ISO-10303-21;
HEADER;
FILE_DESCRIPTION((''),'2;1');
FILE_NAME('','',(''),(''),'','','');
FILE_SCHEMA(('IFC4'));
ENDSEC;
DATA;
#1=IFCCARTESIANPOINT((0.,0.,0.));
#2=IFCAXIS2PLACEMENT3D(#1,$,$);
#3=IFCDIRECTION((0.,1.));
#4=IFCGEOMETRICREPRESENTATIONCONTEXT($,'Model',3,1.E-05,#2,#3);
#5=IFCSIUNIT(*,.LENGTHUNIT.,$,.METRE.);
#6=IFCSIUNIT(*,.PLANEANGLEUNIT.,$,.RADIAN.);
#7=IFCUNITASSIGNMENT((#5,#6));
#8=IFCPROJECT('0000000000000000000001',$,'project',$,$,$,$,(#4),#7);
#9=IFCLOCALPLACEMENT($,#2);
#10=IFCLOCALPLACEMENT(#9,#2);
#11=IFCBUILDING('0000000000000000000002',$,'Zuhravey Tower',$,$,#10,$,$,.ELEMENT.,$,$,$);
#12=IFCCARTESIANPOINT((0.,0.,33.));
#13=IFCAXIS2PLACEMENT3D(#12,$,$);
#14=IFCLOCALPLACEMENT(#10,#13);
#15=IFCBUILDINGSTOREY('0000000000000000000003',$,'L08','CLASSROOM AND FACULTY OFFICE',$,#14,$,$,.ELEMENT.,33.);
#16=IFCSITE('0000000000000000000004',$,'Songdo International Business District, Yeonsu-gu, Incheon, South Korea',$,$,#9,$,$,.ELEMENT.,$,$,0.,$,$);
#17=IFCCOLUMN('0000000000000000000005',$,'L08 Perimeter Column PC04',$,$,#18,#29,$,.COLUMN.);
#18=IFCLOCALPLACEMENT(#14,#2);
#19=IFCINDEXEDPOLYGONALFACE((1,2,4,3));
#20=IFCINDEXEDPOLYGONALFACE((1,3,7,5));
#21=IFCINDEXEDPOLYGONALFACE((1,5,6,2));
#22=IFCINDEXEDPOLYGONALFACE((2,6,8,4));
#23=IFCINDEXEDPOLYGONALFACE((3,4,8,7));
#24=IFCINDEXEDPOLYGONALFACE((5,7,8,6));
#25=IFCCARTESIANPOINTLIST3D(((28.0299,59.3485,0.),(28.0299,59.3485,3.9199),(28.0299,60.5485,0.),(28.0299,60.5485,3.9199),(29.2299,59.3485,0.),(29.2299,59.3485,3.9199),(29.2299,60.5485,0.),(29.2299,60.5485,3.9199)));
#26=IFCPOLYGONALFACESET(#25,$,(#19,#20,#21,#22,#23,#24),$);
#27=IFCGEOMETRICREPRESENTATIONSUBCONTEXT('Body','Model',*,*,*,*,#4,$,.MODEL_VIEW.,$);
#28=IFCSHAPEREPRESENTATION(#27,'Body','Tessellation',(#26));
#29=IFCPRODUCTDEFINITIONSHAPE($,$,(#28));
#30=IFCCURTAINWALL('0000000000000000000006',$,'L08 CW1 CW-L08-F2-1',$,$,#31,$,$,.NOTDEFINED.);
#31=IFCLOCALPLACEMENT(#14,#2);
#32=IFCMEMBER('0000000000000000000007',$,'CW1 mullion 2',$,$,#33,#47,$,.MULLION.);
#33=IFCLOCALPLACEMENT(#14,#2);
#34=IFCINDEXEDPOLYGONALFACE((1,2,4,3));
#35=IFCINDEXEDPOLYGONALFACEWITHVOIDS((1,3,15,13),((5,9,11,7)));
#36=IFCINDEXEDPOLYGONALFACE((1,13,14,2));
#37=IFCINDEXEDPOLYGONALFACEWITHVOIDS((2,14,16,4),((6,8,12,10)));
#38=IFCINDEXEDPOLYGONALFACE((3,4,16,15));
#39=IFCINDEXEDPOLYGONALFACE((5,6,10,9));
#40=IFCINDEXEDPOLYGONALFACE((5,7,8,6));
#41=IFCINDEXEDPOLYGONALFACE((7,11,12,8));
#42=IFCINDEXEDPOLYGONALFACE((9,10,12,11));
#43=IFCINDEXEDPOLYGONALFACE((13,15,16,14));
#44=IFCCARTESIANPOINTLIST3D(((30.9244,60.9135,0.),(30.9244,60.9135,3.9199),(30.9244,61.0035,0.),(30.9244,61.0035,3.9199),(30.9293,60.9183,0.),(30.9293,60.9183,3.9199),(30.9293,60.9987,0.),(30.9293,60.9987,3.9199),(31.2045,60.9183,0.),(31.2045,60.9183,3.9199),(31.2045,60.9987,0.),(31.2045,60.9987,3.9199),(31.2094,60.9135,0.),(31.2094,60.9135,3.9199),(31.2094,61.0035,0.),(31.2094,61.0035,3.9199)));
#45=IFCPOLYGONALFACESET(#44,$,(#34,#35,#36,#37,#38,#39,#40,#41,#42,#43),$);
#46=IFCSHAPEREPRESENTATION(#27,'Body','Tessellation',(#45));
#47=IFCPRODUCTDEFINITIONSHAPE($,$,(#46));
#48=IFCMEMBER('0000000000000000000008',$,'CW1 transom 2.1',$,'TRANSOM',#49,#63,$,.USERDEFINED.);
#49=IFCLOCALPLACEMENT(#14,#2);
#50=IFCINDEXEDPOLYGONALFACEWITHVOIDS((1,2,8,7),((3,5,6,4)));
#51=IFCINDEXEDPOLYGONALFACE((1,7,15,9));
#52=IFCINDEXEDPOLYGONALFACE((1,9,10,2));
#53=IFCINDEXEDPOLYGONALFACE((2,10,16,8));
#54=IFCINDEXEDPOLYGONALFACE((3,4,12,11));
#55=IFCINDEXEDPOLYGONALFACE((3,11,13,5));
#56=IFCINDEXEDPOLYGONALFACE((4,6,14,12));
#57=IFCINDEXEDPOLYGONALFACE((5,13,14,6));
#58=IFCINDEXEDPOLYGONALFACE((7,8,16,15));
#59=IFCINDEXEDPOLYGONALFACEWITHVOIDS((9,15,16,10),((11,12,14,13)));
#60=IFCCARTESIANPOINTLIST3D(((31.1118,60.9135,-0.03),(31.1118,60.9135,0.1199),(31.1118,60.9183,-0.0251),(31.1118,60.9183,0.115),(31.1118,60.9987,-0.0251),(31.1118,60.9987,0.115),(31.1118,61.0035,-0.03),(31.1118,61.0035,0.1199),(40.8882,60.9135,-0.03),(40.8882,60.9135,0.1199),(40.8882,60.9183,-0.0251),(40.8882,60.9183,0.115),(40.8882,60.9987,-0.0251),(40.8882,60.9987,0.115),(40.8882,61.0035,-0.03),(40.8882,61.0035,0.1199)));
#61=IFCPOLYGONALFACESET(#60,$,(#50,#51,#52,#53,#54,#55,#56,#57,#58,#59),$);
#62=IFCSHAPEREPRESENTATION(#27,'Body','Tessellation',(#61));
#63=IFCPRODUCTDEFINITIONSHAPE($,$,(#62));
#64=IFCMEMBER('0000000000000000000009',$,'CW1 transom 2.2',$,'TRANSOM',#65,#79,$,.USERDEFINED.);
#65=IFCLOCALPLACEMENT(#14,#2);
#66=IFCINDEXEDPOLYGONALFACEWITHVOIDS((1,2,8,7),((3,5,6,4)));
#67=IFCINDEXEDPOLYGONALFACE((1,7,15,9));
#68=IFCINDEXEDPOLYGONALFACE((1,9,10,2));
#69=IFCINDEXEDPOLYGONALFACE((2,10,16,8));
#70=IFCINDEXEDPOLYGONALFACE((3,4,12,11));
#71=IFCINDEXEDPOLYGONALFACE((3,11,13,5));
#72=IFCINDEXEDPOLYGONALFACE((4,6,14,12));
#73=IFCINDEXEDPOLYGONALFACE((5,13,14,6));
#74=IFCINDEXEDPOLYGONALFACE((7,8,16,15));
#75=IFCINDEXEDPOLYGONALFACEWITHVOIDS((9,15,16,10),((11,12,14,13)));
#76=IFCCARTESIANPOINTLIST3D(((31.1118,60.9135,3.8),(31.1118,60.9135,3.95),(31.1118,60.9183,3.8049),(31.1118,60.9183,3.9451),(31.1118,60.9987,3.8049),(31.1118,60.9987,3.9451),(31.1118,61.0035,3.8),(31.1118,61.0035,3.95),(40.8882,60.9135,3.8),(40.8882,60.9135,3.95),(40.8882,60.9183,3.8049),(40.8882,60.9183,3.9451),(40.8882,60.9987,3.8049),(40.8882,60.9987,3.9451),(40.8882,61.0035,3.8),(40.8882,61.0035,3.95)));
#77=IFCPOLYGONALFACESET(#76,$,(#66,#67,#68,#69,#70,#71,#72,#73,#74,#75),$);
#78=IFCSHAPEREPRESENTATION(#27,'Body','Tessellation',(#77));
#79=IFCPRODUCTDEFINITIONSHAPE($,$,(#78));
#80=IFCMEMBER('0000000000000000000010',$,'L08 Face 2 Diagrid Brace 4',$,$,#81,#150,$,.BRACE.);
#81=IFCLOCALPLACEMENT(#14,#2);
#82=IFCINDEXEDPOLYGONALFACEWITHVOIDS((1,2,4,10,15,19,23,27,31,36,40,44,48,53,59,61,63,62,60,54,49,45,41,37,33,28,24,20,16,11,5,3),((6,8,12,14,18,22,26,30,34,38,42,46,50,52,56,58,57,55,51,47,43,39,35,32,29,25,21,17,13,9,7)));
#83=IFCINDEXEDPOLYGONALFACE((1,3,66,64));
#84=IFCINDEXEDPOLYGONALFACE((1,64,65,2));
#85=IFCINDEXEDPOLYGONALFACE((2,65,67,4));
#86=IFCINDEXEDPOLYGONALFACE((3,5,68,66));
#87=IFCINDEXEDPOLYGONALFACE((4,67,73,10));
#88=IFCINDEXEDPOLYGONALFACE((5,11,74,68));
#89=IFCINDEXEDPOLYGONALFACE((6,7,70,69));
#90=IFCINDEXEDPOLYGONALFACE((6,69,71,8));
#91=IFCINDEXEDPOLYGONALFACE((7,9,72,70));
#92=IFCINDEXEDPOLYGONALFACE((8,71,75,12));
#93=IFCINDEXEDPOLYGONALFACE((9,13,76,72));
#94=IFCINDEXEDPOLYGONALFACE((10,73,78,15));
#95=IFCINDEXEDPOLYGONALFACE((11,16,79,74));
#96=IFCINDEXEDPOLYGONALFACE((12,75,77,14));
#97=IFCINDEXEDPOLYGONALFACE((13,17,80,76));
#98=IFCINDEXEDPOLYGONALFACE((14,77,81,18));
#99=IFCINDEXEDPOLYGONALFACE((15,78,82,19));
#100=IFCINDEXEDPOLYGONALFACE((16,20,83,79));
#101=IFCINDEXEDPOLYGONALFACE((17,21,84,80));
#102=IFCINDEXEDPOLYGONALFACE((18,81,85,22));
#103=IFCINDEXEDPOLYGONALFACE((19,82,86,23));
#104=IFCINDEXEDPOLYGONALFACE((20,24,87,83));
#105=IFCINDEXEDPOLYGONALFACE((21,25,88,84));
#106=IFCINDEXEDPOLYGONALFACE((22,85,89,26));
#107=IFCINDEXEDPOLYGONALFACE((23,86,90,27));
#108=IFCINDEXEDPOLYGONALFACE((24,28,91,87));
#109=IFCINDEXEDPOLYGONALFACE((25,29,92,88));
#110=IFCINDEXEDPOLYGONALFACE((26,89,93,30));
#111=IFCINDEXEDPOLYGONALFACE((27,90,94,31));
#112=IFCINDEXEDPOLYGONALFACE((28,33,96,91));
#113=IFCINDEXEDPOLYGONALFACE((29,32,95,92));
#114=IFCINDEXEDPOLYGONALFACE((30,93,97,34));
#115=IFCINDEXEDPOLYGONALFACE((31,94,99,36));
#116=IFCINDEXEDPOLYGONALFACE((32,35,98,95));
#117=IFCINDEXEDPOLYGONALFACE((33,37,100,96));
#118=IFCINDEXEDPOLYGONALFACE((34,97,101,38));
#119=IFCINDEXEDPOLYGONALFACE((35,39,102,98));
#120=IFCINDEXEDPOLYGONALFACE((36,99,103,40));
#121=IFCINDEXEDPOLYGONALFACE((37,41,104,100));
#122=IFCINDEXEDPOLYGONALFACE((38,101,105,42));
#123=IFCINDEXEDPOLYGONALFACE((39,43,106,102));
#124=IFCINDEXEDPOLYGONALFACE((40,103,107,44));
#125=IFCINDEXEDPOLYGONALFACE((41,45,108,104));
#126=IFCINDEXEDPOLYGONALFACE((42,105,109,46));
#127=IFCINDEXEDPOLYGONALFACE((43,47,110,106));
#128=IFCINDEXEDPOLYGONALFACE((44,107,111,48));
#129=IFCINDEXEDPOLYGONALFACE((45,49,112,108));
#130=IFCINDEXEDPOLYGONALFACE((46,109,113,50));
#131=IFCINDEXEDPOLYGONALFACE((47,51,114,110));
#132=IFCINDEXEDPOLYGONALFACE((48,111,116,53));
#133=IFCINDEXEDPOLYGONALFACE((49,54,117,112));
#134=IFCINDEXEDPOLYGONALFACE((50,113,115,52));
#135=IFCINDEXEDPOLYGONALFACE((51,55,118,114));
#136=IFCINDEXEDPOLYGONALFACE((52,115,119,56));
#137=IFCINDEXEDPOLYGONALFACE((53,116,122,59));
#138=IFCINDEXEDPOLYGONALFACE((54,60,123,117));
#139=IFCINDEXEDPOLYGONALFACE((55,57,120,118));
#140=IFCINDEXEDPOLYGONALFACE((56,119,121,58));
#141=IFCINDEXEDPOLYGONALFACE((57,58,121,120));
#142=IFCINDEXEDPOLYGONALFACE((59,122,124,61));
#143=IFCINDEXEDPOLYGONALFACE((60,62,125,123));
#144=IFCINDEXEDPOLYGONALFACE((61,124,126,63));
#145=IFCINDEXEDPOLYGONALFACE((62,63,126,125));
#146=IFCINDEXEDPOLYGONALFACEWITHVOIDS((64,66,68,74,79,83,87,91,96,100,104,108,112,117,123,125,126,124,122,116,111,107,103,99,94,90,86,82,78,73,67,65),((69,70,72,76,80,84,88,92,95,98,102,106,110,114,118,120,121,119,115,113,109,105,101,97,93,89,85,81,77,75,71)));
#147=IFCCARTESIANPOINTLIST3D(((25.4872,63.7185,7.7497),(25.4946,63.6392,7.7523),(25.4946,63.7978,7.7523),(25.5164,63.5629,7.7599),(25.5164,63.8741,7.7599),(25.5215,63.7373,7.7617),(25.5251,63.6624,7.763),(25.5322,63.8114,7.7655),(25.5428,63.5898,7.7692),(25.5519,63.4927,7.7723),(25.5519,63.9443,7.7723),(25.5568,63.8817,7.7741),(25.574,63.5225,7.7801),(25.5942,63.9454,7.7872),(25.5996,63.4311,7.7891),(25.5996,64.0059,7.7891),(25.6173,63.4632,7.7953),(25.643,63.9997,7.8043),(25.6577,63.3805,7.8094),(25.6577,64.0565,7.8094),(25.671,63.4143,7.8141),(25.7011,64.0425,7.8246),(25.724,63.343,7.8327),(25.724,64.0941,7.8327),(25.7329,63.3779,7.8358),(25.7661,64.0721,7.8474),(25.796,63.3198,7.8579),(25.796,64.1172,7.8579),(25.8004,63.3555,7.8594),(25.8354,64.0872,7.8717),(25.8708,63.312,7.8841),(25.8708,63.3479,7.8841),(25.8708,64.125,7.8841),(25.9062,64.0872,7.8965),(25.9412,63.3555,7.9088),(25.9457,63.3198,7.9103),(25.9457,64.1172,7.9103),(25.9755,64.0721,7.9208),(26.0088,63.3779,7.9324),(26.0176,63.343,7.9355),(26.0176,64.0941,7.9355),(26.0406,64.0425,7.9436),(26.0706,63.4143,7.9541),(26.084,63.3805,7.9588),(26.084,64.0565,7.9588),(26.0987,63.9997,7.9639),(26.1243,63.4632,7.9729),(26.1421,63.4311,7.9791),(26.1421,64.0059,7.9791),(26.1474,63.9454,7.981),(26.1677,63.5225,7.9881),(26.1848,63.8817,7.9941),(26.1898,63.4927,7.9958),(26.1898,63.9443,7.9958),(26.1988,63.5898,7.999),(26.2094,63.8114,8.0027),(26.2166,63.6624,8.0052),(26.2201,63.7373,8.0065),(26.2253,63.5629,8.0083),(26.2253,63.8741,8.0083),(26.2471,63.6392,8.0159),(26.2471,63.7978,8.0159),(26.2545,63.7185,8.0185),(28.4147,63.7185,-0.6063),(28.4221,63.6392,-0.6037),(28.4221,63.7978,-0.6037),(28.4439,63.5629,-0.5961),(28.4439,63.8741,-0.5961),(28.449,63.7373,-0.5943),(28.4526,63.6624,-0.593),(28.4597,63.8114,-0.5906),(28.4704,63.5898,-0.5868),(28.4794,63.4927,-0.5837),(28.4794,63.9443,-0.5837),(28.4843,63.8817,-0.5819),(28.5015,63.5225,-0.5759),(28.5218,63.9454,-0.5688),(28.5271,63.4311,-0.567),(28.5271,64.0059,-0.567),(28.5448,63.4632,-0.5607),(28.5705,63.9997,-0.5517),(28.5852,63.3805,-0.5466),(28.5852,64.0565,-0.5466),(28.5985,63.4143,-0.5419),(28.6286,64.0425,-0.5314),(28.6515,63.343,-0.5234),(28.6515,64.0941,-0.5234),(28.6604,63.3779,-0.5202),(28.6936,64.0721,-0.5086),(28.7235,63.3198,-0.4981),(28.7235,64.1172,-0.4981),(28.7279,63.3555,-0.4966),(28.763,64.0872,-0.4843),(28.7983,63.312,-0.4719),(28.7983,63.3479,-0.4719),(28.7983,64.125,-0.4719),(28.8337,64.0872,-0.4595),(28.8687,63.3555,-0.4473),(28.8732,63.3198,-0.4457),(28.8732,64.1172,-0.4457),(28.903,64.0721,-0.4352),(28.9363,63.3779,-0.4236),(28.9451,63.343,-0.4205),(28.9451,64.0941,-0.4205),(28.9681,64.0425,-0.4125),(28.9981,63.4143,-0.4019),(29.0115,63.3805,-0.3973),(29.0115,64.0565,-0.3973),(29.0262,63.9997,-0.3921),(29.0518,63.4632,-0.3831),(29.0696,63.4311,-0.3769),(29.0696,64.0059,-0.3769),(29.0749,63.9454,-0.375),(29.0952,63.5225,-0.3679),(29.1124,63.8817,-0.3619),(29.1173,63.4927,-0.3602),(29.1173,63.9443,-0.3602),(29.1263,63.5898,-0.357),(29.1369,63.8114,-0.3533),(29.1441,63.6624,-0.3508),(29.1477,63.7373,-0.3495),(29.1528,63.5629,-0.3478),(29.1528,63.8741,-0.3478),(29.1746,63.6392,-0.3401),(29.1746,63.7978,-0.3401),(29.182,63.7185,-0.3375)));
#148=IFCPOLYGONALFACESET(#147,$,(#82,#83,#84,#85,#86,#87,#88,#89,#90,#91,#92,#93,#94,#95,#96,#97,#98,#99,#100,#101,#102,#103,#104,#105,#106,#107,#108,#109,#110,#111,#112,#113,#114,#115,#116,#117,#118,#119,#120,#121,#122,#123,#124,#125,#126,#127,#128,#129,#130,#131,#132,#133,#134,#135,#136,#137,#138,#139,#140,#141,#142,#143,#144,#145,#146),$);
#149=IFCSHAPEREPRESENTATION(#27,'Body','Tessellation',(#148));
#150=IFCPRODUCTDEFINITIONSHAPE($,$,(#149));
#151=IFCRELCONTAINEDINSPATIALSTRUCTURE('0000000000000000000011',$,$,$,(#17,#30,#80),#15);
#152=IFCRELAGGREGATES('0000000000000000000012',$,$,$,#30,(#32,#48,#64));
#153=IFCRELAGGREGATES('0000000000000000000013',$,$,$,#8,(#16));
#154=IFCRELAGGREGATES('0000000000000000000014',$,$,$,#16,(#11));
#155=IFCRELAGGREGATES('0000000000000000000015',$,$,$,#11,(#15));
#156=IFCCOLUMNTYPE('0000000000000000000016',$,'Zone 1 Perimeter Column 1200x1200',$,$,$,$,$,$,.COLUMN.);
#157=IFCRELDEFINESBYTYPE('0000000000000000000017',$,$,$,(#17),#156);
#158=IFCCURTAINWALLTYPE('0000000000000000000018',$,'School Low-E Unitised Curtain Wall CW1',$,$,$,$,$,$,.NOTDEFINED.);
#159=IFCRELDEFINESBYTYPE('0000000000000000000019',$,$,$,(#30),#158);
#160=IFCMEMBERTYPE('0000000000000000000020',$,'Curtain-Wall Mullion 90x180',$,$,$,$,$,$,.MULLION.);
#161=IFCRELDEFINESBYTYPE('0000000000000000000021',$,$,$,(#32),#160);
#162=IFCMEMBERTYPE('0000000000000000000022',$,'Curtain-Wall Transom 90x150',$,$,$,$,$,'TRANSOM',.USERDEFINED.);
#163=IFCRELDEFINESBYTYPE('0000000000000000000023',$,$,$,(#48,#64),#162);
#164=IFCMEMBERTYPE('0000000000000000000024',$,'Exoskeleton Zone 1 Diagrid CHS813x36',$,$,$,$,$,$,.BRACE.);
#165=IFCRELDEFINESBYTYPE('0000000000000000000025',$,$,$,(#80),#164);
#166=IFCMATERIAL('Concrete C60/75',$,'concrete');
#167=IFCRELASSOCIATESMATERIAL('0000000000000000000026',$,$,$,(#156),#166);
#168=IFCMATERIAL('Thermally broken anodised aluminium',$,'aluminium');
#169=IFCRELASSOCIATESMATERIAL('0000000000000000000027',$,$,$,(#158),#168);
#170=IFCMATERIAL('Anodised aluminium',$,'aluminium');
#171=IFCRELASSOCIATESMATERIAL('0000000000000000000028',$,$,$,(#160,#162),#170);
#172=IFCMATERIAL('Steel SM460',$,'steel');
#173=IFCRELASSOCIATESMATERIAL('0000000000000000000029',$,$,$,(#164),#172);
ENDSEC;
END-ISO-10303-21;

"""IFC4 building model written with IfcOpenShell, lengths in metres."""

from ifc_helpers import new_model, si_unit, direction, frame, origin, origin_2d, place, context, subcontext, project, spatial, rectangle, hollow_rectangle, hollow_circle, extrude, material, material_profile, profile_set, type_object, element, aggregate, save


model = new_model("IFC4")

# Units and contexts
model_context = context("Model", 3, precision=1e-05, world=origin(), true_north=direction((0.0, 1.0)))
body_context = subcontext(model_context, "Body", "Model", "MODEL_VIEW")
ifc_project = project(units=[si_unit("LENGTHUNIT", "METRE"), si_unit("PLANEANGLEUNIT", "RADIAN")], contexts=[model_context])

# Site, building, storey
site_placement = place(None, origin())
site = spatial("IfcSite", under=ifc_project, at=site_placement, Name="Songdo International Business District, Yeonsu-gu, Incheon, South Korea", CompositionType="ELEMENT", RefElevation=0.0)
building_placement = place(site_placement, origin())
building = spatial("IfcBuilding", under=site, at=building_placement, Name="Zuhravey Tower", CompositionType="ELEMENT")
storey_placement = place(building_placement, frame((0.0, 0.0, 33.0)))
storey = spatial("IfcBuildingStorey", under=building, at=storey_placement, Name="L08", Description="CLASSROOM AND FACULTY OFFICE", CompositionType="ELEMENT", Elevation=33.0)

# Column
ifc_material_1 = material(Name="Concrete C60/75", Category="concrete")
ifc_material_profile_1 = material_profile(ifc_material_1, rectangle(XDim=1.2, YDim=1.2, at=origin_2d()), Name="RC-1200x1200")
ifc_profile_set_1 = profile_set([ifc_material_profile_1], Name="Concrete C60/75")
column_type = type_object("IfcColumnType", Name="Zone 1 Perimeter Column 1200x1200", PredefinedType="COLUMN", material=ifc_profile_set_1)
column_placement = place(storey_placement, frame((28.6299, 59.9485, 0.0), z_axis=(0.0, 0.0, 1.0), x_axis=(-1.0, 0.0, 0.0)))
element("IfcColumn", 1, at=column_placement, inside=storey, type_object=column_type, Name="L08 Perimeter Column PC04", PredefinedType="COLUMN", context=body_context, shape_type="SweptSolid", body=[
    extrude(rectangle(XDim=1.2, YDim=1.2, at=origin_2d()), origin(), (0.0, 0.0, 1.0), 3.9199),
])

# Curtain wall, members
ifc_material_2 = material(Name="Thermally broken anodised aluminium", Category="aluminium")
curtain_wall_type = type_object("IfcCurtainWallType", Name="School Low-E Unitised Curtain Wall CW1", PredefinedType="NOTDEFINED", material=ifc_material_2)
curtain_wall_placement = place(storey_placement, origin())
curtain_wall = element("IfcCurtainWall", 2, at=curtain_wall_placement, inside=storey, type_object=curtain_wall_type, Name="L08 CW1 CW-L08-F2-1", PredefinedType="NOTDEFINED")
ifc_material_3 = material(Name="Anodised aluminium", Category="aluminium")
ifc_material_profile_2 = material_profile(ifc_material_3, hollow_rectangle(XDim=0.0901, YDim=0.2849, WallThickness=0.0049, at=origin_2d()), Name="ALU-RHS-90x285x5")
ifc_profile_set_2 = profile_set([ifc_material_profile_2], Name="Anodised aluminium")
member_type_1 = type_object("IfcMemberType", Name="Curtain-Wall Mullion 90x180", PredefinedType="MULLION", material=ifc_profile_set_2)
member_1_placement = place(storey_placement, frame((31.0669, 60.9585, 0.0), z_axis=(0.0, 0.0, 1.0), x_axis=(0.0, 1.0, 0.0)))
member_1 = element("IfcMember", 3, at=member_1_placement, type_object=member_type_1, Name="CW1 mullion 2", PredefinedType="MULLION", context=body_context, shape_type="SweptSolid", body=[
    extrude(hollow_rectangle(XDim=0.0901, YDim=0.2849, WallThickness=0.0049, at=origin_2d()), origin(), (0.0, 0.0, 1.0), 3.9199),
])
ifc_material_profile_3 = material_profile(ifc_material_3, hollow_rectangle(XDim=0.0901, YDim=0.1499, WallThickness=0.0049, at=origin_2d()), Name="ALU-RHS-90x150x5")
ifc_profile_set_3 = profile_set([ifc_material_profile_3], Name="Anodised aluminium")
member_type_2 = type_object("IfcMemberType", Name="Curtain-Wall Transom 90x150", ElementType="TRANSOM", PredefinedType="USERDEFINED", material=ifc_profile_set_3)
member_2_placement = place(storey_placement, frame((31.1118, 60.9585, 0.0449), z_axis=(1.0, 0.0, 0.0), x_axis=(0.0, 1.0, 0.0)))
member_2 = element("IfcMember", 4, at=member_2_placement, type_object=member_type_2, Name="CW1 transom 2.1", ObjectType="TRANSOM", PredefinedType="USERDEFINED", context=body_context, shape_type="SweptSolid", body=[
    extrude(hollow_rectangle(XDim=0.0901, YDim=0.1499, WallThickness=0.0049, at=origin_2d()), origin(), (0.0, 0.0, 1.0), 9.7764),
])
member_3_placement = place(storey_placement, frame((31.1118, 60.9585, 3.875), z_axis=(1.0, 0.0, 0.0), x_axis=(0.0, 1.0, 0.0)))
member_3 = element("IfcMember", 5, at=member_3_placement, type_object=member_type_2, Name="CW1 transom 2.2", ObjectType="TRANSOM", PredefinedType="USERDEFINED", context=body_context, shape_type="SweptSolid", body=[
    extrude(hollow_rectangle(XDim=0.0901, YDim=0.1499, WallThickness=0.0049, at=origin_2d()), origin(), (0.0, 0.0, 1.0), 9.7764),
])

# Member
ifc_material_4 = material(Name="Steel SM460", Category="steel")
ifc_material_profile_4 = material_profile(ifc_material_4, hollow_circle(Radius=0.4065, WallThickness=0.0359, at=origin_2d()), Name="CHS-812.8x36")
ifc_profile_set_4 = profile_set([ifc_material_profile_4], Name="Steel SM460")
member_type_3 = type_object("IfcMemberType", Name="Exoskeleton Zone 1 Diagrid CHS813x36", PredefinedType="BRACE", material=ifc_profile_set_4)
member_4_placement = place(storey_placement, frame((28.7983, 63.7185, -0.4719), z_axis=(-0.330643, 0.0, 0.943756), x_axis=(0.0, -1.0, 0.0)))
element("IfcMember", 6, at=member_4_placement, inside=storey, type_object=member_type_3, Name="L08 Face 2 Diagrid Brace 4", PredefinedType="BRACE", context=body_context, shape_type="SweptSolid", body=[
    extrude(hollow_circle(Radius=0.4065, WallThickness=0.0359, at=origin_2d()), origin(), (0.0, 0.0, 1.0), 8.854),
])

aggregate(curtain_wall, [member_1, member_2, member_3])

save(model, "model.ifc")
